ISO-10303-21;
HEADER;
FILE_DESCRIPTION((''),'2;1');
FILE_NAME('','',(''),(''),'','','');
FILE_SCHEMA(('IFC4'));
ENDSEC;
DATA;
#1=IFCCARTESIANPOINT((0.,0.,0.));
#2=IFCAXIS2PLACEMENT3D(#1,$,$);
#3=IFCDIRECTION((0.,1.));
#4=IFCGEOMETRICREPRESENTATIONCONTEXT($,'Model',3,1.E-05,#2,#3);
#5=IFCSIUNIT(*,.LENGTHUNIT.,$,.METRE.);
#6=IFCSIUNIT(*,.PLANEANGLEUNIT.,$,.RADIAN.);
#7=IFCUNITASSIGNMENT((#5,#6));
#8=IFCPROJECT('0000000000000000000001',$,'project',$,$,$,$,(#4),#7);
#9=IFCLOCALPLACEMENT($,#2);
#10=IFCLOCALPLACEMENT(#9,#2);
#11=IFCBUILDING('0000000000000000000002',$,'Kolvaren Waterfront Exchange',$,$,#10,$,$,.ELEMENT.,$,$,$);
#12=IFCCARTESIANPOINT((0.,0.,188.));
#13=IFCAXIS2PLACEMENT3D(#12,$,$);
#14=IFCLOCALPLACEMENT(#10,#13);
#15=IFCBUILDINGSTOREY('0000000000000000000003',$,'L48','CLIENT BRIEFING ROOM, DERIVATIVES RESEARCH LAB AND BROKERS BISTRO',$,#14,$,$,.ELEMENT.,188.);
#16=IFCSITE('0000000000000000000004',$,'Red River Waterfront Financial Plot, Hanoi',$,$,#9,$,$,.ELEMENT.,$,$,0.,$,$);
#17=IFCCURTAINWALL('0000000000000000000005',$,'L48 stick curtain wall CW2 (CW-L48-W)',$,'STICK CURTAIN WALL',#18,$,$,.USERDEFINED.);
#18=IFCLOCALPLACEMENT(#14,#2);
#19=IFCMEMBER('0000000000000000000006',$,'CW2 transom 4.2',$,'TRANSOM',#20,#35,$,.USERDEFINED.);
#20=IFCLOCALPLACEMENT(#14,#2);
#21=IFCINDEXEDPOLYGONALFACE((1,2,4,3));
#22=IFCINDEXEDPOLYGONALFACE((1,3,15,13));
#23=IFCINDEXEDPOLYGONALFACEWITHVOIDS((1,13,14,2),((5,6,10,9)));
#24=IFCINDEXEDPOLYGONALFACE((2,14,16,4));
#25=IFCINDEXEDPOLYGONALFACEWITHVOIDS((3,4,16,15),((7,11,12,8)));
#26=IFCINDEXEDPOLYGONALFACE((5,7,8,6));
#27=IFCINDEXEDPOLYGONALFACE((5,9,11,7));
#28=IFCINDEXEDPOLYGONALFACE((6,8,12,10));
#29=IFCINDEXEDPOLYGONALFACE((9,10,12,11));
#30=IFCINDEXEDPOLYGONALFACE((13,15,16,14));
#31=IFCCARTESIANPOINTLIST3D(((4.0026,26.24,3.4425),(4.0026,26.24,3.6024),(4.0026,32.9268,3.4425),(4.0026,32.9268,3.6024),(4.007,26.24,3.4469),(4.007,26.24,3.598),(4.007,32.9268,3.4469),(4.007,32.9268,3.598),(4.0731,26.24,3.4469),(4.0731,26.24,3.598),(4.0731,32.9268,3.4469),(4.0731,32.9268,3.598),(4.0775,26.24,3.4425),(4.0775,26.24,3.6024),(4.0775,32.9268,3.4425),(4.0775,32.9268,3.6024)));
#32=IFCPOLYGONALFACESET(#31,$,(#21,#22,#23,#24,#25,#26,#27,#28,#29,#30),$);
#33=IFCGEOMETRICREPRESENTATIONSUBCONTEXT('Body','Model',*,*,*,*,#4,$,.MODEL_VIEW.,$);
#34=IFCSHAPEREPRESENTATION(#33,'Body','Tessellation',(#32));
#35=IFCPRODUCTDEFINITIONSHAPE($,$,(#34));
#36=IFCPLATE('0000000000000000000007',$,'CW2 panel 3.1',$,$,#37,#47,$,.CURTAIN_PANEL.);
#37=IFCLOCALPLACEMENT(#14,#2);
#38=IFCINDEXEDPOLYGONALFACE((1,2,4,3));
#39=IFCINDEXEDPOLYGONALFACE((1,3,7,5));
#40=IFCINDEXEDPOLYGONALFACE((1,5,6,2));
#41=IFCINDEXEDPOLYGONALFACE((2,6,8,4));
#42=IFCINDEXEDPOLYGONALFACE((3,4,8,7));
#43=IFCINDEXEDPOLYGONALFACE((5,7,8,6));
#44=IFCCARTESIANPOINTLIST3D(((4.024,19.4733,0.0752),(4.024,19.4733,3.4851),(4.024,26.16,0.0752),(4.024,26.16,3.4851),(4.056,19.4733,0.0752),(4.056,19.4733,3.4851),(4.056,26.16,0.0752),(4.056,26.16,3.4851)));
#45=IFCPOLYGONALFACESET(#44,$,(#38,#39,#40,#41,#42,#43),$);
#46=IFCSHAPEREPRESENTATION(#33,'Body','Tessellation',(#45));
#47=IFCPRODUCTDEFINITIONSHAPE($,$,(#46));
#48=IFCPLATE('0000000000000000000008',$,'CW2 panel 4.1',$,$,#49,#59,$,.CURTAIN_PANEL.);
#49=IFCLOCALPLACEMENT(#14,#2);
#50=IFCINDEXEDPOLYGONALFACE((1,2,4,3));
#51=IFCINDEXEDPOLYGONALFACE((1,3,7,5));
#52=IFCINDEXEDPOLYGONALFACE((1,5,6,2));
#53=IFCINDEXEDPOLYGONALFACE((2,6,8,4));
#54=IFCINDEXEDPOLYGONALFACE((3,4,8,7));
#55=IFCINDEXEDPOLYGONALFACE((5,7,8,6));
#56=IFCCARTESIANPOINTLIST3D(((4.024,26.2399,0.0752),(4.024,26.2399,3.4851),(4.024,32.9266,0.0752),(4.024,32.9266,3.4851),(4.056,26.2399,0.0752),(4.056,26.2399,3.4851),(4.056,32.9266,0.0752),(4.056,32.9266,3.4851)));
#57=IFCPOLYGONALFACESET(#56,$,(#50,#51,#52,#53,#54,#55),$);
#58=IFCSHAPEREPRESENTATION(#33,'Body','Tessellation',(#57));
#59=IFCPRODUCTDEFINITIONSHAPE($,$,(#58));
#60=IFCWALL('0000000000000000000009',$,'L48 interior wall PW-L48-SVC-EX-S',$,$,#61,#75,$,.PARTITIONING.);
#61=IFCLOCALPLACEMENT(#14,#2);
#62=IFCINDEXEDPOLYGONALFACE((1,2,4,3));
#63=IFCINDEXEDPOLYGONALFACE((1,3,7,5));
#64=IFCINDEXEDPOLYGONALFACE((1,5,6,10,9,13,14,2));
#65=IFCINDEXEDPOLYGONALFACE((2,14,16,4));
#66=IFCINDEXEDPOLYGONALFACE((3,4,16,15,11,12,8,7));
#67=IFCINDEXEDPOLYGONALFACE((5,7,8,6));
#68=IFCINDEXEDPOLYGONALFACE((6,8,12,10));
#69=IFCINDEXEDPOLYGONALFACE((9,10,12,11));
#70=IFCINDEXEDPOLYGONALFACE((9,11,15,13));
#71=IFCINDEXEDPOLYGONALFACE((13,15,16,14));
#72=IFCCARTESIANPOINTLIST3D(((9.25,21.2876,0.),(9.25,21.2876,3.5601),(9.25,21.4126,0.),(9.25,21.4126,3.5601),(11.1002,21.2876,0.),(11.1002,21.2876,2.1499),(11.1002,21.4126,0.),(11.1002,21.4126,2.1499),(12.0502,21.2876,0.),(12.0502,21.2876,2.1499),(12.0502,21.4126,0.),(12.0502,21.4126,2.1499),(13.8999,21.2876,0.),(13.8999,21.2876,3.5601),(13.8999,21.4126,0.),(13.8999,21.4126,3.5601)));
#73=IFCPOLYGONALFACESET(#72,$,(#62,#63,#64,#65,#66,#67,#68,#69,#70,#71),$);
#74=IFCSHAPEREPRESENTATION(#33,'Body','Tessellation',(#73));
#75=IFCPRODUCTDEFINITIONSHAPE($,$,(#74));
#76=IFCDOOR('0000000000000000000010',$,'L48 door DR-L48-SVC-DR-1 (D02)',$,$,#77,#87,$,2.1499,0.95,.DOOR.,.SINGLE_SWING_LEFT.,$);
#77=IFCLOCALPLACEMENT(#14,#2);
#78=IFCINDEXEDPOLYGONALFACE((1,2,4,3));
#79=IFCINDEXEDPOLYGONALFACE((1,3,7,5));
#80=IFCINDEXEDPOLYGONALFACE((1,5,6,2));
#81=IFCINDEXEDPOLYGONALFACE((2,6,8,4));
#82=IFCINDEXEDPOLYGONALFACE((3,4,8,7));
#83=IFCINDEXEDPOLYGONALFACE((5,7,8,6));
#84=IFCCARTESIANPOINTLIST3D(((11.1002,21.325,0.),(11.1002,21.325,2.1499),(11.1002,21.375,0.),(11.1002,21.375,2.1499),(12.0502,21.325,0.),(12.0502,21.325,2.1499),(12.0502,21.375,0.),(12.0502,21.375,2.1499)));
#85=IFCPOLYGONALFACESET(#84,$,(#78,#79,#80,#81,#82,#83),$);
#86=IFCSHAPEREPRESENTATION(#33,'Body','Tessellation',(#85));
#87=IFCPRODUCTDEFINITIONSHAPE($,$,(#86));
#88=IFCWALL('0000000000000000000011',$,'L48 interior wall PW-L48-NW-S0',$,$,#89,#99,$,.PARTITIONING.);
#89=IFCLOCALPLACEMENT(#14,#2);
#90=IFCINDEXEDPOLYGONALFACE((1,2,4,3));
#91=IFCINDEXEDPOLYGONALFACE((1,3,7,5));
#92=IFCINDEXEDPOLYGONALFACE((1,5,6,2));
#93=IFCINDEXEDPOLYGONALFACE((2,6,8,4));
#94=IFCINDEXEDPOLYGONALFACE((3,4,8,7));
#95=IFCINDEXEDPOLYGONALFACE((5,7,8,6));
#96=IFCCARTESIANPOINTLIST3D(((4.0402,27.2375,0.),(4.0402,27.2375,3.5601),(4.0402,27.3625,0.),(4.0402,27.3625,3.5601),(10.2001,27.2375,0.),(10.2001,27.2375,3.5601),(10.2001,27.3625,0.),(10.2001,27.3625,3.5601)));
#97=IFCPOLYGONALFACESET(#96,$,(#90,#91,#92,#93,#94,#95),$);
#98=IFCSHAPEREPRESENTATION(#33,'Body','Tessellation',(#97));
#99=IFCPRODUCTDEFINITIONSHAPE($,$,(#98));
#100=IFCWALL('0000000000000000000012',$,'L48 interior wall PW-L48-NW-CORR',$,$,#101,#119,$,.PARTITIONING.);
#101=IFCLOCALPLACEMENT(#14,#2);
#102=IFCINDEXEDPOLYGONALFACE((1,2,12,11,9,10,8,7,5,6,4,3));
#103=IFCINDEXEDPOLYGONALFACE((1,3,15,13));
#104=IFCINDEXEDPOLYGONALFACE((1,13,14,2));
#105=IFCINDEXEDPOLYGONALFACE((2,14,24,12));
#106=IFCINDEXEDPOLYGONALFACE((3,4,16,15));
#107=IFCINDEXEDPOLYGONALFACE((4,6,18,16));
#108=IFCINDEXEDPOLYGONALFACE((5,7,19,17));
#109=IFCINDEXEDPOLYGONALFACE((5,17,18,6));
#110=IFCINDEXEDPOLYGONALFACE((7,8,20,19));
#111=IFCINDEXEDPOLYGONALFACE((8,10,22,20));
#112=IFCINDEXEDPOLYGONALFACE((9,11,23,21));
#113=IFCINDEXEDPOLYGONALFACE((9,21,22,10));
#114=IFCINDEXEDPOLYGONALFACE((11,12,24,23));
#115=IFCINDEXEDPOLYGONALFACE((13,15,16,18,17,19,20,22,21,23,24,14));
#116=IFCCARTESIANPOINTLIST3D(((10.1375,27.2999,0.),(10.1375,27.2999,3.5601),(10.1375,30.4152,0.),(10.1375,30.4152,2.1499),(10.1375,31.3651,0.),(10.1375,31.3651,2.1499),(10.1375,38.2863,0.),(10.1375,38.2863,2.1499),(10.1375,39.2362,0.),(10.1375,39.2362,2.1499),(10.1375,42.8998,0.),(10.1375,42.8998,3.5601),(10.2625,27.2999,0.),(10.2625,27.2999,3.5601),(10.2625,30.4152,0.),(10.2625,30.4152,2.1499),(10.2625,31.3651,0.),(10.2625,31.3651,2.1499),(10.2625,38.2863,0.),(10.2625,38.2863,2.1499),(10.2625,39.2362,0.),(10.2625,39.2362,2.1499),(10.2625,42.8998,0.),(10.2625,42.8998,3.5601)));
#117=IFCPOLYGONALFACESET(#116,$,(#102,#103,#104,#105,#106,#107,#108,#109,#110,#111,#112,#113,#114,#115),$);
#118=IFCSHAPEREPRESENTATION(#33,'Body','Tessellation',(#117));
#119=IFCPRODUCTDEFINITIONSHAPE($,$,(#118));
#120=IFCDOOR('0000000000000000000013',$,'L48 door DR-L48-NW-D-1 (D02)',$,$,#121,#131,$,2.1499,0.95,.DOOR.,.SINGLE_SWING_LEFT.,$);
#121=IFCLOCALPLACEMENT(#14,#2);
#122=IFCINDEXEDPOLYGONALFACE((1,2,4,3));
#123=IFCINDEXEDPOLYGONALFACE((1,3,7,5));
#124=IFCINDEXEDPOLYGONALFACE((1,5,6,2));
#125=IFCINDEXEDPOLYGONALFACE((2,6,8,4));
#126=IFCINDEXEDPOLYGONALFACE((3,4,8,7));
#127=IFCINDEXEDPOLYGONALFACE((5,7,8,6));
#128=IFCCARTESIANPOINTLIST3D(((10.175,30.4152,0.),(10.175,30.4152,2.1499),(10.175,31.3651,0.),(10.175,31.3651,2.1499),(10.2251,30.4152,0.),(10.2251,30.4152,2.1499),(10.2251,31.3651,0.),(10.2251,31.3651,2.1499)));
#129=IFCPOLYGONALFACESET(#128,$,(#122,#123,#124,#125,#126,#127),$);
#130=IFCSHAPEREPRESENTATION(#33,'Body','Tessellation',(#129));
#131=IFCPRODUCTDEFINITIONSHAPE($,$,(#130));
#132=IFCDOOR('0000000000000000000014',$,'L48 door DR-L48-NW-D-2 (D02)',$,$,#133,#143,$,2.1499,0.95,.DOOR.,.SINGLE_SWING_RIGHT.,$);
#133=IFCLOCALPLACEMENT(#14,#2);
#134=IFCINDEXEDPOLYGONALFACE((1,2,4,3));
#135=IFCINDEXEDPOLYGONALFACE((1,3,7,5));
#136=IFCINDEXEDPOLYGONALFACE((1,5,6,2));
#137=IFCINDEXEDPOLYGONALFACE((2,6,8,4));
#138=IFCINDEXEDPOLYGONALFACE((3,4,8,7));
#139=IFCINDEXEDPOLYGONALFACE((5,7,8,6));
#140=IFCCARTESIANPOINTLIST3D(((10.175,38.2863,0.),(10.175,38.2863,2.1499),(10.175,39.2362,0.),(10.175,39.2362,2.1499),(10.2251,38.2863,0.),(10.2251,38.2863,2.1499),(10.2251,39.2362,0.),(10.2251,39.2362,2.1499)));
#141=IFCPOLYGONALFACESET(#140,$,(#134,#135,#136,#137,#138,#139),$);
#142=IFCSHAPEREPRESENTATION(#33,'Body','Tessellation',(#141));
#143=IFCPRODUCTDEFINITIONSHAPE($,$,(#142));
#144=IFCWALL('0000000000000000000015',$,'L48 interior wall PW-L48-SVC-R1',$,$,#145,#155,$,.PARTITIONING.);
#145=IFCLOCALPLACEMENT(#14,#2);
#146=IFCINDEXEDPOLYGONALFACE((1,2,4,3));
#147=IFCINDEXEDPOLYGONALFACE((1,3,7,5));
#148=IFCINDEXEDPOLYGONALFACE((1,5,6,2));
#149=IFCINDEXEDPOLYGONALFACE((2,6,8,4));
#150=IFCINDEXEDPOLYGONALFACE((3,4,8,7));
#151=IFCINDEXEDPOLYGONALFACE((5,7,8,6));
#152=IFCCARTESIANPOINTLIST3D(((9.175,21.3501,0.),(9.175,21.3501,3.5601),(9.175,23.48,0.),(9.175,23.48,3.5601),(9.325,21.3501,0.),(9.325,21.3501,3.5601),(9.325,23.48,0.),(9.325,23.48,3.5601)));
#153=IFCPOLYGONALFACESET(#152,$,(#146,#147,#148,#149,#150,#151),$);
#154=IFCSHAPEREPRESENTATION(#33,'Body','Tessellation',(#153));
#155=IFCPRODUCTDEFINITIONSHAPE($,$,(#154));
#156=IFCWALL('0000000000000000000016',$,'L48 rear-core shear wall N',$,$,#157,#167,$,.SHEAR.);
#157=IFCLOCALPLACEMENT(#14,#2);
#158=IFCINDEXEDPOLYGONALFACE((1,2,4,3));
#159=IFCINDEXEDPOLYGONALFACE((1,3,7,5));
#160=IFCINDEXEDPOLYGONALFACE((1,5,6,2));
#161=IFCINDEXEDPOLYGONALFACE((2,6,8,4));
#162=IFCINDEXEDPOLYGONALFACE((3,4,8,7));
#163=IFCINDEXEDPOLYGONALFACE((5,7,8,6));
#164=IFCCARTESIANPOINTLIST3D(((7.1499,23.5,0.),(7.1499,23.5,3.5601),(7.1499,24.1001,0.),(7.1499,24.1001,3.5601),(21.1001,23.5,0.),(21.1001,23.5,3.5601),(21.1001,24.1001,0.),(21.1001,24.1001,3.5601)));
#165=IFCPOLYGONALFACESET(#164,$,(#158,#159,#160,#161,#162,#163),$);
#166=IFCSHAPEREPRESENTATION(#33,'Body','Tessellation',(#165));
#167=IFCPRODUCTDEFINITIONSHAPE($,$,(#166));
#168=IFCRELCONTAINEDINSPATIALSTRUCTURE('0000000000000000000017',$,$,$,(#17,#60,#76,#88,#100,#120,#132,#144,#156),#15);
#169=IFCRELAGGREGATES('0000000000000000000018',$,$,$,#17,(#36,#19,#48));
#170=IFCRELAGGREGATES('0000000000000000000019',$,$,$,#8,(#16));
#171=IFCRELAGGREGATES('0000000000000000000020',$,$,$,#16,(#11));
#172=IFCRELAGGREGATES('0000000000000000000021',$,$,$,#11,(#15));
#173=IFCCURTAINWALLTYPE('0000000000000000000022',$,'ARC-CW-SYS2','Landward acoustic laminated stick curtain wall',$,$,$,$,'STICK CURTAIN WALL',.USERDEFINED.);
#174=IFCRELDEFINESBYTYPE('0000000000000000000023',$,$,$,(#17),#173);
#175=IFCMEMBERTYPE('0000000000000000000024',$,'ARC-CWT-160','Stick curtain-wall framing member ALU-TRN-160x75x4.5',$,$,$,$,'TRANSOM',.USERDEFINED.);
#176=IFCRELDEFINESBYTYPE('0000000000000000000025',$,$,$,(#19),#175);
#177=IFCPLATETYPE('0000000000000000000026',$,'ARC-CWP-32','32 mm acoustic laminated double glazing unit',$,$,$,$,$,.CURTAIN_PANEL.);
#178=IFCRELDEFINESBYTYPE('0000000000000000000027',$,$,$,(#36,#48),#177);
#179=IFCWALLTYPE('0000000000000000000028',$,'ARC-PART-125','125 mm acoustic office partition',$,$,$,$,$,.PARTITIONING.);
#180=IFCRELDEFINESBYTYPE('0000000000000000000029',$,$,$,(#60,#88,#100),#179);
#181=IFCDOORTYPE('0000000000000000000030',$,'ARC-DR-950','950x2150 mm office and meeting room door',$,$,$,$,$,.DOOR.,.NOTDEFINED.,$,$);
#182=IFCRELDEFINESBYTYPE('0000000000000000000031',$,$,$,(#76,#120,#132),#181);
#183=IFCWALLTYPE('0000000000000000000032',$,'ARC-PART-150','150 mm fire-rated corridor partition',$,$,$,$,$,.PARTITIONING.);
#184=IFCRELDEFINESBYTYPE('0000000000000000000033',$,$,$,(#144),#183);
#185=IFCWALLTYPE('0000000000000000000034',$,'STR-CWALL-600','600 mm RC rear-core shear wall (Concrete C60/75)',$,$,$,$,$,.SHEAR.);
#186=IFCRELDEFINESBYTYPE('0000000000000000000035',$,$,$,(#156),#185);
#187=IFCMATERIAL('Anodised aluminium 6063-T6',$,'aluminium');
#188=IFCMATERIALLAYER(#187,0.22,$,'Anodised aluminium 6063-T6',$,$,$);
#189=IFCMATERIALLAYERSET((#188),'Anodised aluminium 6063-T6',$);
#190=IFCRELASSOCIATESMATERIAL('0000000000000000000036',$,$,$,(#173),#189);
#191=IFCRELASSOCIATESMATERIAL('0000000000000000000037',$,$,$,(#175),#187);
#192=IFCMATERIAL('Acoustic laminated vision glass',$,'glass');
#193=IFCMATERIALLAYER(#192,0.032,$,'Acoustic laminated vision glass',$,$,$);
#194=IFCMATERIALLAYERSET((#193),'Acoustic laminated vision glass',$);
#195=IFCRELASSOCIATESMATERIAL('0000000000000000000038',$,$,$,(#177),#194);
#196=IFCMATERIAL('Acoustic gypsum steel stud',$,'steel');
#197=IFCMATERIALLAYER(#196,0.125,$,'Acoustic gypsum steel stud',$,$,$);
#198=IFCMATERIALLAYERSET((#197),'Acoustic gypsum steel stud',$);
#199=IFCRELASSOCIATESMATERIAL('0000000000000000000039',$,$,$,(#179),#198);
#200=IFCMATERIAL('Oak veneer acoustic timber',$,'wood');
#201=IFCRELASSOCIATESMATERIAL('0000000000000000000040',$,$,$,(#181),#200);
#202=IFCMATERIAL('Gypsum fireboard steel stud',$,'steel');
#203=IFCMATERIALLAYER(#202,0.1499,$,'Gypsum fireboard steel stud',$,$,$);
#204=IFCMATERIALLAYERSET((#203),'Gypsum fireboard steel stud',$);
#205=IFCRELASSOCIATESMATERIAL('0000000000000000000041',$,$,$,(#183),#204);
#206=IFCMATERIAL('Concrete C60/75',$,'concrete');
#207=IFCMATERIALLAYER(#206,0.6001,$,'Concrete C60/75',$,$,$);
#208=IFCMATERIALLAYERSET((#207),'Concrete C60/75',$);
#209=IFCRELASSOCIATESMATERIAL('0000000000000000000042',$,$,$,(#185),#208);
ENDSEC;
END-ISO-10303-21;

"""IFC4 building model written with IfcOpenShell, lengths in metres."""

from ifc_helpers import new_model, si_unit, direction, frame, frame_2d, origin, origin_with_axes, origin_2d, place, context, subcontext, project, spatial, rectangle, hollow_rectangle, extrude, source, transform, mapped, material, layer, layer_set, material_profile, profile_set, type_object, element, fill, aggregate, save


model = new_model("IFC4")

# Units and contexts
model_context = context("Model", 3, precision=1e-05, world=origin(), true_north=direction((0.0, 1.0)))
body_context = subcontext(model_context, "Body", "Model", "MODEL_VIEW")
ifc_project = project(units=[si_unit("LENGTHUNIT", "METRE"), si_unit("PLANEANGLEUNIT", "RADIAN")], contexts=[model_context])

# Site, building, storey
site_placement = place(None, origin())
site = spatial("IfcSite", under=ifc_project, at=site_placement, Name="Red River Waterfront Financial Plot, Hanoi", CompositionType="ELEMENT", RefElevation=0.0)
building_placement = place(site_placement, origin())
building = spatial("IfcBuilding", under=site, at=building_placement, Name="Kolvaren Waterfront Exchange", CompositionType="ELEMENT")
storey_placement = place(building_placement, frame((0.0, 0.0, 188.0)))
storey = spatial("IfcBuildingStorey", under=building, at=storey_placement, Name="L48", Description="CLIENT BRIEFING ROOM, DERIVATIVES RESEARCH LAB AND BROKERS BISTRO", CompositionType="ELEMENT", Elevation=188.0)

# Shared definitions
ifc_material_1 = material(Name="Concrete C60/75", Category="concrete")

# Curtain wall, member, plates
ifc_material_2 = material(Name="Anodised aluminium 6063-T6", Category="aluminium")
ifc_layer_1 = layer(ifc_material_2, 0.22, Name="Anodised aluminium 6063-T6")
ifc_layer_set_1 = layer_set([ifc_layer_1], Name="Anodised aluminium 6063-T6")
curtain_wall_type = type_object("IfcCurtainWallType", Name="ARC-CW-SYS2", Description="Landward acoustic laminated stick curtain wall", ElementType="STICK CURTAIN WALL", PredefinedType="USERDEFINED", material=ifc_layer_set_1)
curtain_wall_placement = place(storey_placement, origin())
curtain_wall = element("IfcCurtainWall", 1, at=curtain_wall_placement, inside=storey, type_object=curtain_wall_type, Name="L48 stick curtain wall CW2 (CW-L48-W)", ObjectType="STICK CURTAIN WALL", PredefinedType="USERDEFINED")
ifc_material_profile_1 = material_profile(ifc_material_2, hollow_rectangle(XDim=0.075, YDim=0.1599, WallThickness=0.0044, at=origin_2d()), Name="ALU-TRN-160x75x4.5")
ifc_profile_set_1 = profile_set([ifc_material_profile_1], Name="Anodised aluminium 6063-T6")
member_type_1 = type_object("IfcMemberType", Name="ARC-CWT-160", Description="Stick curtain-wall framing member ALU-TRN-160x75x4.5", ElementType="TRANSOM", PredefinedType="USERDEFINED", material=ifc_profile_set_1)
shared_shape_1 = source(origin_with_axes(), body_context, "Body", "SweptSolid", [
    extrude(hollow_rectangle(XDim=0.075, YDim=0.1599, WallThickness=0.0044, at=origin_2d()), origin(), (0.0, 0.0, 1.0), 6.6868),
])
member_1_placement = place(storey_placement, frame((4.04, 26.24, 3.5225), z_axis=(0.0, 1.0, 0.0), x_axis=(-1.0, 0.0, 0.0)))
member_1 = element("IfcMember", 2, at=member_1_placement, type_object=member_type_1, Name="CW2 transom 4.2", ObjectType="TRANSOM", PredefinedType="USERDEFINED", context=body_context, shape_type="MappedRepresentation", body=[
    mapped(shared_shape_1, transform((0.0, 0.0, 0.0), x_axis=(1.0, 0.0, 0.0), y_axis=(0.0, 1.0, 0.0), z_axis=(0.0, 0.0, 1.0), scale=1.0)),
])
ifc_material_3 = material(Name="Acoustic laminated vision glass", Category="glass")
ifc_layer_2 = layer(ifc_material_3, 0.032, Name="Acoustic laminated vision glass")
ifc_layer_set_2 = layer_set([ifc_layer_2], Name="Acoustic laminated vision glass")
plate_type = type_object("IfcPlateType", Name="ARC-CWP-32", Description="32 mm acoustic laminated double glazing unit", PredefinedType="CURTAIN_PANEL", material=ifc_layer_set_2)
shared_shape_2 = source(origin_with_axes(), body_context, "Body", "SweptSolid", [
    extrude(rectangle(XDim=6.6868, YDim=0.032, at=origin_2d()), origin(), (0.0, 0.0, 1.0), 3.4099),
])
plate_1_placement = place(storey_placement, frame((4.04, 22.8167, 0.0752), z_axis=(0.0, 0.0, 1.0), x_axis=(0.0, 1.0, 0.0)))
plate_1 = element("IfcPlate", 3, at=plate_1_placement, type_object=plate_type, Name="CW2 panel 3.1", PredefinedType="CURTAIN_PANEL", context=body_context, shape_type="MappedRepresentation", body=[
    mapped(shared_shape_2, transform((0.0, 0.0, 0.0), x_axis=(1.0, 0.0, 0.0), y_axis=(0.0, 1.0, 0.0), z_axis=(0.0, 0.0, 1.0), scale=1.0)),
])
plate_2_placement = place(storey_placement, frame((4.04, 29.5833, 0.0752), z_axis=(0.0, 0.0, 1.0), x_axis=(0.0, 1.0, 0.0)))
plate_2 = element("IfcPlate", 4, at=plate_2_placement, type_object=plate_type, Name="CW2 panel 4.1", PredefinedType="CURTAIN_PANEL", context=body_context, shape_type="MappedRepresentation", body=[
    mapped(shared_shape_2, transform((0.0, 0.0, 0.0), x_axis=(1.0, 0.0, 0.0), y_axis=(0.0, 1.0, 0.0), z_axis=(0.0, 0.0, 1.0), scale=1.0)),
])
aggregate(curtain_wall, [plate_1, member_1, plate_2])

# Wall, opening, door
ifc_material_4 = material(Name="Acoustic gypsum steel stud", Category="steel")
ifc_layer_3 = layer(ifc_material_4, 0.125, Name="Acoustic gypsum steel stud")
ifc_layer_set_3 = layer_set([ifc_layer_3], Name="Acoustic gypsum steel stud")
wall_type_1 = type_object("IfcWallType", Name="ARC-PART-125", Description="125 mm acoustic office partition", PredefinedType="PARTITIONING", material=ifc_layer_set_3)
wall_1_placement = place(storey_placement, frame((9.25, 21.3501, 0.0), z_axis=(0.0, 0.0, 1.0), x_axis=(1.0, 0.0, 0.0)))
wall_1 = element("IfcWall", 5, at=wall_1_placement, inside=storey, type_object=wall_type_1, Name="L48 interior wall PW-L48-SVC-EX-S", PredefinedType="PARTITIONING", context=body_context, shape_type="SweptSolid", body=[
    extrude(rectangle(XDim=4.6499, YDim=0.125, at=frame_2d((2.325, 0.0))), origin(), (0.0, 0.0, 1.0), 3.5601),
])
opening_1_placement = place(wall_1_placement, frame((1.8501, 0.0, 0.0)))
opening_1 = element("IfcOpeningElement", 6, at=opening_1_placement, cuts=wall_1, PredefinedType="OPENING", context=body_context, shape_type="SweptSolid", body=[
    extrude(rectangle(XDim=0.95, YDim=2.1499, at=frame_2d((0.4751, 1.075))), frame((0.0, 0.0725, 0.0), z_axis=(0.0, -1.0, 0.0), x_axis=(1.0, 0.0, 0.0)), (0.0, 0.0, 1.0), 0.145),
])
ifc_material_5 = material(Name="Oak veneer acoustic timber", Category="wood")
door_type_1 = type_object("IfcDoorType", Name="ARC-DR-950", Description="950x2150 mm office and meeting room door", OperationType="NOTDEFINED", PredefinedType="DOOR", material=ifc_material_5)
door_1_placement = place(opening_1_placement, origin())
door_1 = element("IfcDoor", 7, at=door_1_placement, inside=storey, type_object=door_type_1, Name="L48 door DR-L48-SVC-DR-1 (D02)", OperationType="SINGLE_SWING_LEFT", OverallHeight=2.1499, OverallWidth=0.95, PredefinedType="DOOR", context=body_context, shape_type="SweptSolid", body=[
    extrude(rectangle(XDim=0.95, YDim=2.1499, at=frame_2d((0.4751, 1.075))), frame((0.0, 0.0249, 0.0), z_axis=(0.0, -1.0, 0.0), x_axis=(1.0, 0.0, 0.0)), (0.0, 0.0, 1.0), 0.05),
])
fill(opening_1, door_1)

# Wall
wall_2_placement = place(storey_placement, frame((4.04, 27.3, 0.0), z_axis=(0.0, 0.0, 1.0), x_axis=(1.0, 0.0, 0.0)))
element("IfcWall", 8, at=wall_2_placement, inside=storey, type_object=wall_type_1, Name="L48 interior wall PW-L48-NW-S0", PredefinedType="PARTITIONING", context=body_context, shape_type="SweptSolid", body=[
    extrude(rectangle(XDim=6.1599, YDim=0.125, at=frame_2d((3.0801, 0.0))), origin(), (0.0, 0.0, 1.0), 3.5601),
])

# Wall, openings, doors
wall_3_placement = place(storey_placement, frame((10.2, 27.3, 0.0), z_axis=(0.0, 0.0, 1.0), x_axis=(0.0, 1.0, 0.0)))
wall_3 = element("IfcWall", 9, at=wall_3_placement, inside=storey, type_object=wall_type_1, Name="L48 interior wall PW-L48-NW-CORR", PredefinedType="PARTITIONING", context=body_context, shape_type="SweptSolid", body=[
    extrude(rectangle(XDim=15.5999, YDim=0.125, at=frame_2d((7.7998, 0.0))), origin(), (0.0, 0.0, 1.0), 3.5601),
])
opening_2_placement = place(wall_3_placement, frame((3.115, 0.0, 0.0)))
opening_2 = element("IfcOpeningElement", 10, at=opening_2_placement, cuts=wall_3, PredefinedType="OPENING", context=body_context, shape_type="SweptSolid", body=[
    extrude(rectangle(XDim=0.95, YDim=2.1499, at=frame_2d((0.4751, 1.075))), frame((0.0, 0.0725, 0.0), z_axis=(0.0, -1.0, 0.0), x_axis=(1.0, 0.0, 0.0)), (0.0, 0.0, 1.0), 0.145),
])
opening_3_placement = place(wall_3_placement, frame((10.9861, 0.0, 0.0)))
opening_3 = element("IfcOpeningElement", 11, at=opening_3_placement, cuts=wall_3, PredefinedType="OPENING", context=body_context, shape_type="SweptSolid", body=[
    extrude(rectangle(XDim=0.95, YDim=2.1499, at=frame_2d((0.4751, 1.075))), frame((0.0, 0.0725, 0.0), z_axis=(0.0, -1.0, 0.0), x_axis=(1.0, 0.0, 0.0)), (0.0, 0.0, 1.0), 0.145),
])
door_2_placement = place(opening_2_placement, origin())
door_2 = element("IfcDoor", 12, at=door_2_placement, inside=storey, type_object=door_type_1, Name="L48 door DR-L48-NW-D-1 (D02)", OperationType="SINGLE_SWING_LEFT", OverallHeight=2.1499, OverallWidth=0.95, PredefinedType="DOOR", context=body_context, shape_type="SweptSolid", body=[
    extrude(rectangle(XDim=0.95, YDim=2.1499, at=frame_2d((0.4751, 1.075))), frame((0.0, 0.0249, 0.0), z_axis=(0.0, -1.0, 0.0), x_axis=(1.0, 0.0, 0.0)), (0.0, 0.0, 1.0), 0.05),
])
fill(opening_2, door_2)
door_3_placement = place(opening_3_placement, origin())
door_3 = element("IfcDoor", 13, at=door_3_placement, inside=storey, type_object=door_type_1, Name="L48 door DR-L48-NW-D-2 (D02)", OperationType="SINGLE_SWING_RIGHT", OverallHeight=2.1499, OverallWidth=0.95, PredefinedType="DOOR", context=body_context, shape_type="SweptSolid", body=[
    extrude(rectangle(XDim=0.95, YDim=2.1499, at=frame_2d((0.4751, 1.075))), frame((0.0, 0.0249, 0.0), z_axis=(0.0, -1.0, 0.0), x_axis=(1.0, 0.0, 0.0)), (0.0, 0.0, 1.0), 0.05),
])
fill(opening_3, door_3)

# Wall
ifc_material_6 = material(Name="Gypsum fireboard steel stud", Category="steel")
ifc_layer_4 = layer(ifc_material_6, 0.1499, Name="Gypsum fireboard steel stud")
ifc_layer_set_4 = layer_set([ifc_layer_4], Name="Gypsum fireboard steel stud")
wall_type_2 = type_object("IfcWallType", Name="ARC-PART-150", Description="150 mm fire-rated corridor partition", PredefinedType="PARTITIONING", material=ifc_layer_set_4)
wall_4_placement = place(storey_placement, frame((9.25, 21.3501, 0.0), z_axis=(0.0, 0.0, 1.0), x_axis=(0.0, 1.0, 0.0)))
element("IfcWall", 14, at=wall_4_placement, inside=storey, type_object=wall_type_2, Name="L48 interior wall PW-L48-SVC-R1", PredefinedType="PARTITIONING", context=body_context, shape_type="SweptSolid", body=[
    extrude(rectangle(XDim=2.1299, YDim=0.1499, at=frame_2d((1.0649, 0.0))), origin(), (0.0, 0.0, 1.0), 3.5601),
])

# Wall
ifc_layer_5 = layer(ifc_material_1, 0.6001, Name="Concrete C60/75")
ifc_layer_set_5 = layer_set([ifc_layer_5], Name="Concrete C60/75")
wall_type_3 = type_object("IfcWallType", Name="STR-CWALL-600", Description="600 mm RC rear-core shear wall (Concrete C60/75)", PredefinedType="SHEAR", material=ifc_layer_set_5)
wall_5_placement = place(storey_placement, frame((7.1499, 23.8, 0.0), z_axis=(0.0, 0.0, 1.0), x_axis=(1.0, 0.0, 0.0)))
element("IfcWall", 15, at=wall_5_placement, inside=storey, type_object=wall_type_3, Name="L48 rear-core shear wall N", PredefinedType="SHEAR", context=body_context, shape_type="SweptSolid", body=[
    extrude(rectangle(XDim=13.9502, YDim=0.6001, at=frame_2d((6.9751, 0.0))), origin(), (0.0, 0.0, 1.0), 3.5601),
])

save(model, "model.ifc")
